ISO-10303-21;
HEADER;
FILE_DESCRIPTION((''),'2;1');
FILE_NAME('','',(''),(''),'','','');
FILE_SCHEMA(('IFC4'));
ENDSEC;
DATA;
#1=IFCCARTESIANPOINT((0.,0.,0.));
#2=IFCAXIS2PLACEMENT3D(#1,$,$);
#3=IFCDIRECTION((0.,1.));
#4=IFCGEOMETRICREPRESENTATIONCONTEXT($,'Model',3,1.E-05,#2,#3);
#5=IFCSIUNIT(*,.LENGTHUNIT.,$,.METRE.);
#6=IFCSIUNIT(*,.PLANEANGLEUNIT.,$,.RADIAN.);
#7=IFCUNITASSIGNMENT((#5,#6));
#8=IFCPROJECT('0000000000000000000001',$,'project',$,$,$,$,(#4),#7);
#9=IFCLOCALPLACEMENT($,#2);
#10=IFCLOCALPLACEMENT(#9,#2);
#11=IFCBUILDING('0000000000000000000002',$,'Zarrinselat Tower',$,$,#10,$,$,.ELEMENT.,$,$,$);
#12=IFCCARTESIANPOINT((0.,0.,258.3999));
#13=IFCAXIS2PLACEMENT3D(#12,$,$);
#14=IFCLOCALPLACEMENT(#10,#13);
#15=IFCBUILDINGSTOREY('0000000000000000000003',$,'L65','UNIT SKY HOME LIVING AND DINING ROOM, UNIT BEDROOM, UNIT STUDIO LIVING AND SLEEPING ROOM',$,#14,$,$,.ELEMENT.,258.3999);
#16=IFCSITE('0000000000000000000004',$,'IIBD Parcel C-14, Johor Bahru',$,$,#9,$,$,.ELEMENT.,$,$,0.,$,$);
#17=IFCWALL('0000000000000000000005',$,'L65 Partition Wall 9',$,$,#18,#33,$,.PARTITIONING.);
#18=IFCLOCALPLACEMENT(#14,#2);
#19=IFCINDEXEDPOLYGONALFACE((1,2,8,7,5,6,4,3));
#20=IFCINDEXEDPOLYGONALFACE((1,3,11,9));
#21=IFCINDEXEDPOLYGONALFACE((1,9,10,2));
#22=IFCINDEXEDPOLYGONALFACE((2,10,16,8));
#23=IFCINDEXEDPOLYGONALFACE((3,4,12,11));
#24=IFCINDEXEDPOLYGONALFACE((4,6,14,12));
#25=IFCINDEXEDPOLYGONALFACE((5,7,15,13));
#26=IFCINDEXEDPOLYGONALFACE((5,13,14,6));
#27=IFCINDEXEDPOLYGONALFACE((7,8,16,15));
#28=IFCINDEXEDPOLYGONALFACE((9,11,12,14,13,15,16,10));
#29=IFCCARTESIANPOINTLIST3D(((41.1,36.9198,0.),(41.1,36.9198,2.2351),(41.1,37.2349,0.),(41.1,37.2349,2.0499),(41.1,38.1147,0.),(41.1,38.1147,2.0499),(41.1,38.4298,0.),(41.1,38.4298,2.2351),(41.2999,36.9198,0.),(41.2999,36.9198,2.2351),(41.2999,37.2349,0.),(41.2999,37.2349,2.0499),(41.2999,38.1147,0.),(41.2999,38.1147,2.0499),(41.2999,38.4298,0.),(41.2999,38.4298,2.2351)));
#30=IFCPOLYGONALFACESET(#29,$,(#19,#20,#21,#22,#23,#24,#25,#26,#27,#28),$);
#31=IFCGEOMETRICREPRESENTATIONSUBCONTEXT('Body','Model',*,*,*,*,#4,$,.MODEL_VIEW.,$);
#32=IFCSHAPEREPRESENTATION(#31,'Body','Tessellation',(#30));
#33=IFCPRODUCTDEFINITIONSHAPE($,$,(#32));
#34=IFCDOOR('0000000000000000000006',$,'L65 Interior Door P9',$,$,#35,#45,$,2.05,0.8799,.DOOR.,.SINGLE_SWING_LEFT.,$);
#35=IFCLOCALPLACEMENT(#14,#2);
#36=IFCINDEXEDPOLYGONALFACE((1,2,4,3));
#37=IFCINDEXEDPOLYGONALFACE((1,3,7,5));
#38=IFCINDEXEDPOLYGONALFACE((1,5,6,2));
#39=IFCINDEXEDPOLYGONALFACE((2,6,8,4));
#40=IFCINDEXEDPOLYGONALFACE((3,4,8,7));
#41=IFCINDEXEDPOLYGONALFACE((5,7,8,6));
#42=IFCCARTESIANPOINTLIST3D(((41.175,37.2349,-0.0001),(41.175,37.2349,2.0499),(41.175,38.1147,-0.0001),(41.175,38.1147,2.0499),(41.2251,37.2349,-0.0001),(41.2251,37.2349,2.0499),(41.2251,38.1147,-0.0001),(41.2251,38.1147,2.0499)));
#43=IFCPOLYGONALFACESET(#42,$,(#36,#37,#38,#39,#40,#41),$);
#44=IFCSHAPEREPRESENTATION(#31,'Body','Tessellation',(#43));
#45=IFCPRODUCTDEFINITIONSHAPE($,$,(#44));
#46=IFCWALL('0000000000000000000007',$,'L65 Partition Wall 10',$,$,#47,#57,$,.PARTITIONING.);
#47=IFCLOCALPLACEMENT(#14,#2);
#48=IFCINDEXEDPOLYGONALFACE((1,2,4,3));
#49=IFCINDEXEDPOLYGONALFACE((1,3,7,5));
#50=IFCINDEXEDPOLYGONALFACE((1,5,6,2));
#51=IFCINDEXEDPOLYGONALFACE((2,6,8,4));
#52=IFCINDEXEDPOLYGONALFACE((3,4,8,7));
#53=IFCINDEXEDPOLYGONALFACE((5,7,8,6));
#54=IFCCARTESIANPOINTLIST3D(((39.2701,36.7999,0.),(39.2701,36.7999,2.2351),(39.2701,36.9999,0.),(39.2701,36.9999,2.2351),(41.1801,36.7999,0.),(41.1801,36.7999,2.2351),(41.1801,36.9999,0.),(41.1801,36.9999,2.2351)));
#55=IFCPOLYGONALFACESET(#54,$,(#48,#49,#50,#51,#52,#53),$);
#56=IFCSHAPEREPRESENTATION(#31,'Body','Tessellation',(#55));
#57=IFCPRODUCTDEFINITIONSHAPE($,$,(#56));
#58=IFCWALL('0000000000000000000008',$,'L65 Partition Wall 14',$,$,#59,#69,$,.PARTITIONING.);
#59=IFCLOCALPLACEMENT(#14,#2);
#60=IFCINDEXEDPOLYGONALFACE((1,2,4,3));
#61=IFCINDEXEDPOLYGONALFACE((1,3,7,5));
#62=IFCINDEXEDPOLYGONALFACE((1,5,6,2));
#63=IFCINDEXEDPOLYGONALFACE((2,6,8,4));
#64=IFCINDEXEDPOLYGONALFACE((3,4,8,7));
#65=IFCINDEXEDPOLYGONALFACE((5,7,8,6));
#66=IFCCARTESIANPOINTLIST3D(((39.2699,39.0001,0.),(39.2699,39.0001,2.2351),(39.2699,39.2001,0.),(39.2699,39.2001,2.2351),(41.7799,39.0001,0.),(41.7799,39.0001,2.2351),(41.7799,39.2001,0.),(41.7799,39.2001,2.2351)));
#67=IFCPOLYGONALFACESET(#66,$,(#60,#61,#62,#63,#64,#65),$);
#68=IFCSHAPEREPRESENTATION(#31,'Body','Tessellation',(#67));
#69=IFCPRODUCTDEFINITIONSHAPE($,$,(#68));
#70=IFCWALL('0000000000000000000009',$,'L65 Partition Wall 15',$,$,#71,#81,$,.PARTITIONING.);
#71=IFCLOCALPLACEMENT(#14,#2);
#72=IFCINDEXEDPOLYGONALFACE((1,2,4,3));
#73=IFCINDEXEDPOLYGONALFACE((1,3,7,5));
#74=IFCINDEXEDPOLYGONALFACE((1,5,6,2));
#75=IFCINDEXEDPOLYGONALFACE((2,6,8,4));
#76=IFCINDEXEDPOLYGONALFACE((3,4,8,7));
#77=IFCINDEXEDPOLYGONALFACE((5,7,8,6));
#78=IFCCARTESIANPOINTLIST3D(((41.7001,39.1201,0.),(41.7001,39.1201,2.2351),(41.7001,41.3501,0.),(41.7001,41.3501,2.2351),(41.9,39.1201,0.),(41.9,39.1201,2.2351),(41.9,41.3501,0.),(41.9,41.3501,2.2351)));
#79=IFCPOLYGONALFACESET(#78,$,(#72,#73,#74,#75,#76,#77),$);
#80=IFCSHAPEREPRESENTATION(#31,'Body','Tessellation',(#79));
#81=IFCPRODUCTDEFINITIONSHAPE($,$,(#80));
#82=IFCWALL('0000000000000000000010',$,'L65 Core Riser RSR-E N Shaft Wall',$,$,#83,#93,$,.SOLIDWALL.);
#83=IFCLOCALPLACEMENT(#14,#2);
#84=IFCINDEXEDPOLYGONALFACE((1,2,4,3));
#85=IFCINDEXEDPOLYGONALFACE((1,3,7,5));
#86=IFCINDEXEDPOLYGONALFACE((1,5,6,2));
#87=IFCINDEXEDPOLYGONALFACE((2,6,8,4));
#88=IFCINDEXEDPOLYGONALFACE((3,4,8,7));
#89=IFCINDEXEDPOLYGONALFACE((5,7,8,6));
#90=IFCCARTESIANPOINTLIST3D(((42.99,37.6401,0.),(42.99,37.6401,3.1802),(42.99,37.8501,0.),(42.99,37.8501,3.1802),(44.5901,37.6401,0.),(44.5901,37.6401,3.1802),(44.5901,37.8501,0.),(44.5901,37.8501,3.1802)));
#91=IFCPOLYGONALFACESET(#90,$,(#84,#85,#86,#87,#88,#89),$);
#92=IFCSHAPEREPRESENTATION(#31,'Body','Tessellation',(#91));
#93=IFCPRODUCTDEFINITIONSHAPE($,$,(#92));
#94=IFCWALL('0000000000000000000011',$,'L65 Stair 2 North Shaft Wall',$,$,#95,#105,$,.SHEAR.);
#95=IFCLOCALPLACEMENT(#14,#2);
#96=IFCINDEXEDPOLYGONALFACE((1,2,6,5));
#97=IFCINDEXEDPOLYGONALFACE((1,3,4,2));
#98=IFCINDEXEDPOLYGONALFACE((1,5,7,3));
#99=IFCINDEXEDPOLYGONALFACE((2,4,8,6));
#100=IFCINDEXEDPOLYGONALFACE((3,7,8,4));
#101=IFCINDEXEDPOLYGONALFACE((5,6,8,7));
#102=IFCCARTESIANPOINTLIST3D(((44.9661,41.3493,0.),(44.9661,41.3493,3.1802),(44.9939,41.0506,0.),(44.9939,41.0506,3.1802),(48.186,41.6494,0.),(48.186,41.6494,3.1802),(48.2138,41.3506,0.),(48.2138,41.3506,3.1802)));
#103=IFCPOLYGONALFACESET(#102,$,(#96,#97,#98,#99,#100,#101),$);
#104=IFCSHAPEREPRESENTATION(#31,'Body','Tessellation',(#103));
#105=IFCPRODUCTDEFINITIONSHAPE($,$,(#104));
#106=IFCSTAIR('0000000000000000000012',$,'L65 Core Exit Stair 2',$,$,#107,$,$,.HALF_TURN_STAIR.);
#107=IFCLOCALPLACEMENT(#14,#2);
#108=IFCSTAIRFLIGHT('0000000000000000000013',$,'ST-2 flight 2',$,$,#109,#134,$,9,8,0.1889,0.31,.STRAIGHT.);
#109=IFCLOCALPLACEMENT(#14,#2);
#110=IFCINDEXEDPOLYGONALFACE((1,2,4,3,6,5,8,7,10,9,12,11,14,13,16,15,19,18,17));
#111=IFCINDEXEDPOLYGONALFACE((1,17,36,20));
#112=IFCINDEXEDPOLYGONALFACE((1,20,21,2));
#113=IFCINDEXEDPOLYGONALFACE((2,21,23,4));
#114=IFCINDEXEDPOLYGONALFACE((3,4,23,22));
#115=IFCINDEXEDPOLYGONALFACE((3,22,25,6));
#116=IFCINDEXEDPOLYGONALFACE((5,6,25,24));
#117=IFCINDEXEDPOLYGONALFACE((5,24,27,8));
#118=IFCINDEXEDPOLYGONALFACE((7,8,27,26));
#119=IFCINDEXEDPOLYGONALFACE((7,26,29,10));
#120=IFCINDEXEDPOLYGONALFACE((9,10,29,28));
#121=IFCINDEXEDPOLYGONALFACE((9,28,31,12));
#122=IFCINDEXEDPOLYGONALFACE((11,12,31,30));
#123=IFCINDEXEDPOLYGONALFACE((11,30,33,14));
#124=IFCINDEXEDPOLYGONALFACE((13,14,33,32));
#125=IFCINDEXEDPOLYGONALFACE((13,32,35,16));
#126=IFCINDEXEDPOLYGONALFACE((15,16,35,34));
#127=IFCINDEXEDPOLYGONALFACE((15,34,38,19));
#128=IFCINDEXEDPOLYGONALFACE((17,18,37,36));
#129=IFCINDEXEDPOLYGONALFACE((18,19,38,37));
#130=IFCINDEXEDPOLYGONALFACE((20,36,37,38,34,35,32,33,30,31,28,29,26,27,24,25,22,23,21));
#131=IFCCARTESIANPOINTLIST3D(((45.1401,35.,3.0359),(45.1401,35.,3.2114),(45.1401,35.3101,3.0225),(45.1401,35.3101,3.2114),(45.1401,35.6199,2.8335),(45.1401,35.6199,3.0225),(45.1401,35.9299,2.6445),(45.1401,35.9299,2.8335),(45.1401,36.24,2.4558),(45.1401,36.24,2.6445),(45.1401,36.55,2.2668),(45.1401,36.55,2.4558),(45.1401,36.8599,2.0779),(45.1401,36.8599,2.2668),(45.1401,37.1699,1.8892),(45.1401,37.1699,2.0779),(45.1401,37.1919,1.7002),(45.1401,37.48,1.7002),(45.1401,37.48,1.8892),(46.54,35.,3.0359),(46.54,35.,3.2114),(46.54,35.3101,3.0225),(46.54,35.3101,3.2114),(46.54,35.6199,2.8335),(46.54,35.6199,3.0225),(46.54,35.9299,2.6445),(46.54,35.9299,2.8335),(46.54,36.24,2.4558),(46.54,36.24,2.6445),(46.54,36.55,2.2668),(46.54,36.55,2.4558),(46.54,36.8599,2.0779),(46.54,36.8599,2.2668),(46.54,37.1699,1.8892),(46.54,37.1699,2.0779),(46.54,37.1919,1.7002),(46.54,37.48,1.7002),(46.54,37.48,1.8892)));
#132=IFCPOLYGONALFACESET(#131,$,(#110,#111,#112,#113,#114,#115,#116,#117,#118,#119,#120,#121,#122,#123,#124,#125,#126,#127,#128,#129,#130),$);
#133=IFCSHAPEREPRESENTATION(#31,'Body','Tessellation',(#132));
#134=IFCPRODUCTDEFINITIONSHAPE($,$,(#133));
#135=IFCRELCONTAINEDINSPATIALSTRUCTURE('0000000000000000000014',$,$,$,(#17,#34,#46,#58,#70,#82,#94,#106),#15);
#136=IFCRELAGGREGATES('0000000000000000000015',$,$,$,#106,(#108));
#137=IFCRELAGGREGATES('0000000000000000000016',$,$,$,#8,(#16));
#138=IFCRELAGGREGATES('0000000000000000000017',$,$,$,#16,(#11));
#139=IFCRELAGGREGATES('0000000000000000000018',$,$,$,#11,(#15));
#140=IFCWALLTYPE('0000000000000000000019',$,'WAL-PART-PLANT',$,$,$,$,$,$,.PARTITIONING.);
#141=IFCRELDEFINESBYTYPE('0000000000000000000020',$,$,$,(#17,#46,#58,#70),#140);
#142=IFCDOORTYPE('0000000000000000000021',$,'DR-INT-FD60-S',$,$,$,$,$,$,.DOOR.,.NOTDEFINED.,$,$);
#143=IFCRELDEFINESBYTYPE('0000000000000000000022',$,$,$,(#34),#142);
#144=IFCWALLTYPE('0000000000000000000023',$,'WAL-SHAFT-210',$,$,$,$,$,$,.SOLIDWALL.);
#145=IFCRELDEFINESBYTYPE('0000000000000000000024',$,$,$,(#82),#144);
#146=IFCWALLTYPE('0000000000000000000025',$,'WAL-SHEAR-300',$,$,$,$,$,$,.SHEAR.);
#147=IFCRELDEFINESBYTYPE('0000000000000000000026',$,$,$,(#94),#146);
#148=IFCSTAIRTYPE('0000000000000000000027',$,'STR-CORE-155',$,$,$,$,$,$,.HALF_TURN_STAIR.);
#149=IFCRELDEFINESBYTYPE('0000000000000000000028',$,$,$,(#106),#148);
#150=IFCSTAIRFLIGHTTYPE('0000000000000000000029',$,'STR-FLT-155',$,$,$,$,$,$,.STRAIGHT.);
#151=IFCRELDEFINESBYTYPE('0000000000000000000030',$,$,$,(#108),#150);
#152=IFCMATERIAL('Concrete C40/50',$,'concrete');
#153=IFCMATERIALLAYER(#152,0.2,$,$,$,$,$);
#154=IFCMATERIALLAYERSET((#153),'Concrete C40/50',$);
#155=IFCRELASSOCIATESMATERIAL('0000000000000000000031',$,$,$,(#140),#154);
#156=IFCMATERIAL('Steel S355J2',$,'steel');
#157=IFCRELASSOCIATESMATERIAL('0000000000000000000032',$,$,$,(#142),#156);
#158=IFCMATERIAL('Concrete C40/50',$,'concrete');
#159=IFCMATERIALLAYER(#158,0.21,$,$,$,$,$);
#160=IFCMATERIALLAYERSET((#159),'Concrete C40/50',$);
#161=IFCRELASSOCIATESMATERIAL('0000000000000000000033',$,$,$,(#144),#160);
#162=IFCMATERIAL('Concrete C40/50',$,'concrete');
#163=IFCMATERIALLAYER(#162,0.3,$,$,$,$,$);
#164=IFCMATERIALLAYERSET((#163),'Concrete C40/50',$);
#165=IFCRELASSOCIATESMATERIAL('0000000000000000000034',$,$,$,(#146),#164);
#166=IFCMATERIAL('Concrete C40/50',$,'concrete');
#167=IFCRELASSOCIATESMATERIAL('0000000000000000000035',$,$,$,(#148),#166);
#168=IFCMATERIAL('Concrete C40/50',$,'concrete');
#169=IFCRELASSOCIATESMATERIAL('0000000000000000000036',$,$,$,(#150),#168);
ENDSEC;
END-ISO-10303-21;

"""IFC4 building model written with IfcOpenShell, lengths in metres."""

from ifc_helpers import new_model, si_unit, direction, frame, frame_2d, origin, place, context, subcontext, project, spatial, polyline, rectangle, outline, extrude, material, layer, layer_set, type_object, element, fill, aggregate, save


model = new_model("IFC4")

# Units and contexts
model_context = context("Model", 3, precision=1e-05, world=origin(), true_north=direction((0.0, 1.0)))
body_context = subcontext(model_context, "Body", "Model", "MODEL_VIEW")
ifc_project = project(units=[si_unit("LENGTHUNIT", "METRE"), si_unit("PLANEANGLEUNIT", "RADIAN")], contexts=[model_context])

# Site, building, storey
site_placement = place(None, origin())
site = spatial("IfcSite", under=ifc_project, at=site_placement, Name="IIBD Parcel C-14, Johor Bahru", CompositionType="ELEMENT", RefElevation=0.0)
building_placement = place(site_placement, origin())
building = spatial("IfcBuilding", under=site, at=building_placement, Name="Zarrinselat Tower", CompositionType="ELEMENT")
storey_placement = place(building_placement, frame((0.0, 0.0, 258.3999)))
storey = spatial("IfcBuildingStorey", under=building, at=storey_placement, Name="L65", Description="UNIT SKY HOME LIVING AND DINING ROOM, UNIT BEDROOM, UNIT STUDIO LIVING AND SLEEPING ROOM", CompositionType="ELEMENT", Elevation=258.3999)

# Shared definitions
ifc_material_1 = material(Name="Concrete C40/50", Category="concrete")
ifc_layer_1 = layer(ifc_material_1, 0.2)
ifc_layer_set_1 = layer_set([ifc_layer_1], Name="Concrete C40/50")
wall_type_1 = type_object("IfcWallType", Name="WAL-PART-PLANT", PredefinedType="PARTITIONING", material=ifc_layer_set_1)

# Wall, opening, door
wall_1_placement = place(storey_placement, frame((41.2, 36.9199, 0.0), z_axis=(0.0, 0.0, 1.0), x_axis=(0.0, 1.0, 0.0)))
wall_1 = element("IfcWall", 1, at=wall_1_placement, inside=storey, type_object=wall_type_1, Name="L65 Partition Wall 9", PredefinedType="PARTITIONING", context=body_context, shape_type="SweptSolid", body=[
    extrude(rectangle(XDim=1.51, YDim=0.2, at=frame_2d((0.7549, 0.0))), origin(), (0.0, 0.0, 1.0), 2.2351),
])
opening_1_placement = place(wall_1_placement, frame((0.3149, 0.0, 0.0)))
opening_1 = element("IfcOpeningElement", 2, at=opening_1_placement, cuts=wall_1, PredefinedType="OPENING", context=body_context, shape_type="SweptSolid", body=[
    extrude(rectangle(XDim=0.8799, YDim=2.05, at=frame_2d((0.4399, 1.0249))), frame((0.0, 0.1099, 0.0), z_axis=(0.0, -1.0, 0.0), x_axis=(1.0, 0.0, 0.0)), (0.0, 0.0, 1.0), 0.22),
])
ifc_material_2 = material(Name="Steel S355J2", Category="steel")
door_type_1 = type_object("IfcDoorType", Name="DR-INT-FD60-S", OperationType="NOTDEFINED", PredefinedType="DOOR", material=ifc_material_2)
door_1_placement = place(opening_1_placement, origin())
door_1 = element("IfcDoor", 3, at=door_1_placement, inside=storey, type_object=door_type_1, Name="L65 Interior Door P9", OperationType="SINGLE_SWING_LEFT", OverallHeight=2.05, OverallWidth=0.8799, PredefinedType="DOOR", context=body_context, shape_type="SweptSolid", body=[
    extrude(rectangle(XDim=0.8799, YDim=2.05, at=frame_2d((0.4399, 1.0249))), frame((0.0, 0.0249, 0.0), z_axis=(0.0, -1.0, 0.0), x_axis=(1.0, 0.0, 0.0)), (0.0, 0.0, 1.0), 0.05),
])
fill(opening_1, door_1)

# Walls
wall_2_placement = place(storey_placement, frame((39.27, 36.8999, 0.0), z_axis=(0.0, 0.0, 1.0), x_axis=(1.0, 0.0, 0.0)))
element("IfcWall", 4, at=wall_2_placement, inside=storey, type_object=wall_type_1, Name="L65 Partition Wall 10", PredefinedType="PARTITIONING", context=body_context, shape_type="SweptSolid", body=[
    extrude(rectangle(XDim=1.9099, YDim=0.2, at=frame_2d((0.9551, 0.0))), origin(), (0.0, 0.0, 1.0), 2.2351),
])
wall_3_placement = place(storey_placement, frame((39.27, 39.1001, 0.0), z_axis=(0.0, 0.0, 1.0), x_axis=(1.0, 0.0, 0.0)))
element("IfcWall", 5, at=wall_3_placement, inside=storey, type_object=wall_type_1, Name="L65 Partition Wall 14", PredefinedType="PARTITIONING", context=body_context, shape_type="SweptSolid", body=[
    extrude(rectangle(XDim=2.51, YDim=0.2, at=frame_2d((1.2549, 0.0))), origin(), (0.0, 0.0, 1.0), 2.2351),
])
wall_4_placement = place(storey_placement, frame((41.8, 39.1201, 0.0), z_axis=(0.0, 0.0, 1.0), x_axis=(0.0, 1.0, 0.0)))
element("IfcWall", 6, at=wall_4_placement, inside=storey, type_object=wall_type_1, Name="L65 Partition Wall 15", PredefinedType="PARTITIONING", context=body_context, shape_type="SweptSolid", body=[
    extrude(rectangle(XDim=2.23, YDim=0.2, at=frame_2d((1.115, 0.0))), origin(), (0.0, 0.0, 1.0), 2.2351),
])
ifc_material_3 = material(Name="Concrete C40/50", Category="concrete")
ifc_layer_2 = layer(ifc_material_3, 0.21)
ifc_layer_set_2 = layer_set([ifc_layer_2], Name="Concrete C40/50")
wall_type_2 = type_object("IfcWallType", Name="WAL-SHAFT-210", PredefinedType="SOLIDWALL", material=ifc_layer_set_2)
wall_5_placement = place(storey_placement, frame((42.99, 37.7451, 0.0), z_axis=(0.0, 0.0, 1.0), x_axis=(1.0, 0.0, 0.0)))
element("IfcWall", 7, at=wall_5_placement, inside=storey, type_object=wall_type_2, Name="L65 Core Riser RSR-E N Shaft Wall", PredefinedType="SOLIDWALL", context=body_context, shape_type="SweptSolid", body=[
    extrude(rectangle(XDim=1.6001, YDim=0.21, at=frame_2d((0.8, 0.0))), origin(), (0.0, 0.0, 1.0), 3.1802),
])
ifc_material_4 = material(Name="Concrete C40/50", Category="concrete")
ifc_layer_3 = layer(ifc_material_4, 0.3)
ifc_layer_set_3 = layer_set([ifc_layer_3], Name="Concrete C40/50")
wall_type_3 = type_object("IfcWallType", Name="WAL-SHEAR-300", PredefinedType="SHEAR", material=ifc_layer_set_3)
wall_6_placement = place(storey_placement, frame((44.98, 41.2, 0.0), z_axis=(0.0, 0.0, 1.0), x_axis=(0.995686, 0.092782, 0.0)))
element("IfcWall", 8, at=wall_6_placement, inside=storey, type_object=wall_type_3, Name="L65 Stair 2 North Shaft Wall", PredefinedType="SHEAR", context=body_context, shape_type="SweptSolid", body=[
    extrude(rectangle(XDim=3.2339, YDim=0.3, at=frame_2d((1.6169, 0.0))), origin(), (0.0, 0.0, 1.0), 3.1802),
])

# Stair, stair flight
ifc_material_5 = material(Name="Concrete C40/50", Category="concrete")
stair_type = type_object("IfcStairType", Name="STR-CORE-155", PredefinedType="HALF_TURN_STAIR", material=ifc_material_5)
stair_placement = place(storey_placement, origin())
stair = element("IfcStair", 9, at=stair_placement, inside=storey, type_object=stair_type, Name="L65 Core Exit Stair 2", PredefinedType="HALF_TURN_STAIR")
ifc_material_6 = material(Name="Concrete C40/50", Category="concrete")
stair_flight_type = type_object("IfcStairFlightType", Name="STR-FLT-155", PredefinedType="STRAIGHT", material=ifc_material_6)
stair_flight_placement = place(storey_placement, frame((45.8401, 37.48, 1.7002), z_axis=(0.0, 0.0, 1.0), x_axis=(0.0, -1.0, 0.0)))
stair_flight = element("IfcStairFlight", 10, at=stair_flight_placement, type_object=stair_flight_type, Name="ST-2 flight 2", NumberOfRisers=9, NumberOfTreads=8, PredefinedType="STRAIGHT", RiserHeight=0.1889, TreadLength=0.31, context=body_context, shape_type="SweptSolid", body=[
    extrude(outline(polyline([(0.0, 0.0), (0.0, 0.189), (0.3101, 0.189), (0.3101, 0.3777), (0.6201, 0.3777), (0.6201, 0.5667), (0.9299, 0.5667), (0.9299, 0.7556), (1.24, 0.7556), (1.24, 0.9443), (1.55, 0.9443), (1.55, 1.1333), (1.8601, 1.1333), (1.8601, 1.3223), (2.1699, 1.3223), (2.1699, 1.5112), (2.48, 1.5112), (2.48, 1.7), (2.48, 1.3357), (0.2881, 0.0), (0.0, 0.0)])), frame((0.0, 0.7, 0.0), z_axis=(0.0, -1.0, 0.0), x_axis=(1.0, 0.0, 0.0)), (0.0, 0.0, 1.0), 1.3999),
])
aggregate(stair, [stair_flight])

save(model, "model.ifc")
